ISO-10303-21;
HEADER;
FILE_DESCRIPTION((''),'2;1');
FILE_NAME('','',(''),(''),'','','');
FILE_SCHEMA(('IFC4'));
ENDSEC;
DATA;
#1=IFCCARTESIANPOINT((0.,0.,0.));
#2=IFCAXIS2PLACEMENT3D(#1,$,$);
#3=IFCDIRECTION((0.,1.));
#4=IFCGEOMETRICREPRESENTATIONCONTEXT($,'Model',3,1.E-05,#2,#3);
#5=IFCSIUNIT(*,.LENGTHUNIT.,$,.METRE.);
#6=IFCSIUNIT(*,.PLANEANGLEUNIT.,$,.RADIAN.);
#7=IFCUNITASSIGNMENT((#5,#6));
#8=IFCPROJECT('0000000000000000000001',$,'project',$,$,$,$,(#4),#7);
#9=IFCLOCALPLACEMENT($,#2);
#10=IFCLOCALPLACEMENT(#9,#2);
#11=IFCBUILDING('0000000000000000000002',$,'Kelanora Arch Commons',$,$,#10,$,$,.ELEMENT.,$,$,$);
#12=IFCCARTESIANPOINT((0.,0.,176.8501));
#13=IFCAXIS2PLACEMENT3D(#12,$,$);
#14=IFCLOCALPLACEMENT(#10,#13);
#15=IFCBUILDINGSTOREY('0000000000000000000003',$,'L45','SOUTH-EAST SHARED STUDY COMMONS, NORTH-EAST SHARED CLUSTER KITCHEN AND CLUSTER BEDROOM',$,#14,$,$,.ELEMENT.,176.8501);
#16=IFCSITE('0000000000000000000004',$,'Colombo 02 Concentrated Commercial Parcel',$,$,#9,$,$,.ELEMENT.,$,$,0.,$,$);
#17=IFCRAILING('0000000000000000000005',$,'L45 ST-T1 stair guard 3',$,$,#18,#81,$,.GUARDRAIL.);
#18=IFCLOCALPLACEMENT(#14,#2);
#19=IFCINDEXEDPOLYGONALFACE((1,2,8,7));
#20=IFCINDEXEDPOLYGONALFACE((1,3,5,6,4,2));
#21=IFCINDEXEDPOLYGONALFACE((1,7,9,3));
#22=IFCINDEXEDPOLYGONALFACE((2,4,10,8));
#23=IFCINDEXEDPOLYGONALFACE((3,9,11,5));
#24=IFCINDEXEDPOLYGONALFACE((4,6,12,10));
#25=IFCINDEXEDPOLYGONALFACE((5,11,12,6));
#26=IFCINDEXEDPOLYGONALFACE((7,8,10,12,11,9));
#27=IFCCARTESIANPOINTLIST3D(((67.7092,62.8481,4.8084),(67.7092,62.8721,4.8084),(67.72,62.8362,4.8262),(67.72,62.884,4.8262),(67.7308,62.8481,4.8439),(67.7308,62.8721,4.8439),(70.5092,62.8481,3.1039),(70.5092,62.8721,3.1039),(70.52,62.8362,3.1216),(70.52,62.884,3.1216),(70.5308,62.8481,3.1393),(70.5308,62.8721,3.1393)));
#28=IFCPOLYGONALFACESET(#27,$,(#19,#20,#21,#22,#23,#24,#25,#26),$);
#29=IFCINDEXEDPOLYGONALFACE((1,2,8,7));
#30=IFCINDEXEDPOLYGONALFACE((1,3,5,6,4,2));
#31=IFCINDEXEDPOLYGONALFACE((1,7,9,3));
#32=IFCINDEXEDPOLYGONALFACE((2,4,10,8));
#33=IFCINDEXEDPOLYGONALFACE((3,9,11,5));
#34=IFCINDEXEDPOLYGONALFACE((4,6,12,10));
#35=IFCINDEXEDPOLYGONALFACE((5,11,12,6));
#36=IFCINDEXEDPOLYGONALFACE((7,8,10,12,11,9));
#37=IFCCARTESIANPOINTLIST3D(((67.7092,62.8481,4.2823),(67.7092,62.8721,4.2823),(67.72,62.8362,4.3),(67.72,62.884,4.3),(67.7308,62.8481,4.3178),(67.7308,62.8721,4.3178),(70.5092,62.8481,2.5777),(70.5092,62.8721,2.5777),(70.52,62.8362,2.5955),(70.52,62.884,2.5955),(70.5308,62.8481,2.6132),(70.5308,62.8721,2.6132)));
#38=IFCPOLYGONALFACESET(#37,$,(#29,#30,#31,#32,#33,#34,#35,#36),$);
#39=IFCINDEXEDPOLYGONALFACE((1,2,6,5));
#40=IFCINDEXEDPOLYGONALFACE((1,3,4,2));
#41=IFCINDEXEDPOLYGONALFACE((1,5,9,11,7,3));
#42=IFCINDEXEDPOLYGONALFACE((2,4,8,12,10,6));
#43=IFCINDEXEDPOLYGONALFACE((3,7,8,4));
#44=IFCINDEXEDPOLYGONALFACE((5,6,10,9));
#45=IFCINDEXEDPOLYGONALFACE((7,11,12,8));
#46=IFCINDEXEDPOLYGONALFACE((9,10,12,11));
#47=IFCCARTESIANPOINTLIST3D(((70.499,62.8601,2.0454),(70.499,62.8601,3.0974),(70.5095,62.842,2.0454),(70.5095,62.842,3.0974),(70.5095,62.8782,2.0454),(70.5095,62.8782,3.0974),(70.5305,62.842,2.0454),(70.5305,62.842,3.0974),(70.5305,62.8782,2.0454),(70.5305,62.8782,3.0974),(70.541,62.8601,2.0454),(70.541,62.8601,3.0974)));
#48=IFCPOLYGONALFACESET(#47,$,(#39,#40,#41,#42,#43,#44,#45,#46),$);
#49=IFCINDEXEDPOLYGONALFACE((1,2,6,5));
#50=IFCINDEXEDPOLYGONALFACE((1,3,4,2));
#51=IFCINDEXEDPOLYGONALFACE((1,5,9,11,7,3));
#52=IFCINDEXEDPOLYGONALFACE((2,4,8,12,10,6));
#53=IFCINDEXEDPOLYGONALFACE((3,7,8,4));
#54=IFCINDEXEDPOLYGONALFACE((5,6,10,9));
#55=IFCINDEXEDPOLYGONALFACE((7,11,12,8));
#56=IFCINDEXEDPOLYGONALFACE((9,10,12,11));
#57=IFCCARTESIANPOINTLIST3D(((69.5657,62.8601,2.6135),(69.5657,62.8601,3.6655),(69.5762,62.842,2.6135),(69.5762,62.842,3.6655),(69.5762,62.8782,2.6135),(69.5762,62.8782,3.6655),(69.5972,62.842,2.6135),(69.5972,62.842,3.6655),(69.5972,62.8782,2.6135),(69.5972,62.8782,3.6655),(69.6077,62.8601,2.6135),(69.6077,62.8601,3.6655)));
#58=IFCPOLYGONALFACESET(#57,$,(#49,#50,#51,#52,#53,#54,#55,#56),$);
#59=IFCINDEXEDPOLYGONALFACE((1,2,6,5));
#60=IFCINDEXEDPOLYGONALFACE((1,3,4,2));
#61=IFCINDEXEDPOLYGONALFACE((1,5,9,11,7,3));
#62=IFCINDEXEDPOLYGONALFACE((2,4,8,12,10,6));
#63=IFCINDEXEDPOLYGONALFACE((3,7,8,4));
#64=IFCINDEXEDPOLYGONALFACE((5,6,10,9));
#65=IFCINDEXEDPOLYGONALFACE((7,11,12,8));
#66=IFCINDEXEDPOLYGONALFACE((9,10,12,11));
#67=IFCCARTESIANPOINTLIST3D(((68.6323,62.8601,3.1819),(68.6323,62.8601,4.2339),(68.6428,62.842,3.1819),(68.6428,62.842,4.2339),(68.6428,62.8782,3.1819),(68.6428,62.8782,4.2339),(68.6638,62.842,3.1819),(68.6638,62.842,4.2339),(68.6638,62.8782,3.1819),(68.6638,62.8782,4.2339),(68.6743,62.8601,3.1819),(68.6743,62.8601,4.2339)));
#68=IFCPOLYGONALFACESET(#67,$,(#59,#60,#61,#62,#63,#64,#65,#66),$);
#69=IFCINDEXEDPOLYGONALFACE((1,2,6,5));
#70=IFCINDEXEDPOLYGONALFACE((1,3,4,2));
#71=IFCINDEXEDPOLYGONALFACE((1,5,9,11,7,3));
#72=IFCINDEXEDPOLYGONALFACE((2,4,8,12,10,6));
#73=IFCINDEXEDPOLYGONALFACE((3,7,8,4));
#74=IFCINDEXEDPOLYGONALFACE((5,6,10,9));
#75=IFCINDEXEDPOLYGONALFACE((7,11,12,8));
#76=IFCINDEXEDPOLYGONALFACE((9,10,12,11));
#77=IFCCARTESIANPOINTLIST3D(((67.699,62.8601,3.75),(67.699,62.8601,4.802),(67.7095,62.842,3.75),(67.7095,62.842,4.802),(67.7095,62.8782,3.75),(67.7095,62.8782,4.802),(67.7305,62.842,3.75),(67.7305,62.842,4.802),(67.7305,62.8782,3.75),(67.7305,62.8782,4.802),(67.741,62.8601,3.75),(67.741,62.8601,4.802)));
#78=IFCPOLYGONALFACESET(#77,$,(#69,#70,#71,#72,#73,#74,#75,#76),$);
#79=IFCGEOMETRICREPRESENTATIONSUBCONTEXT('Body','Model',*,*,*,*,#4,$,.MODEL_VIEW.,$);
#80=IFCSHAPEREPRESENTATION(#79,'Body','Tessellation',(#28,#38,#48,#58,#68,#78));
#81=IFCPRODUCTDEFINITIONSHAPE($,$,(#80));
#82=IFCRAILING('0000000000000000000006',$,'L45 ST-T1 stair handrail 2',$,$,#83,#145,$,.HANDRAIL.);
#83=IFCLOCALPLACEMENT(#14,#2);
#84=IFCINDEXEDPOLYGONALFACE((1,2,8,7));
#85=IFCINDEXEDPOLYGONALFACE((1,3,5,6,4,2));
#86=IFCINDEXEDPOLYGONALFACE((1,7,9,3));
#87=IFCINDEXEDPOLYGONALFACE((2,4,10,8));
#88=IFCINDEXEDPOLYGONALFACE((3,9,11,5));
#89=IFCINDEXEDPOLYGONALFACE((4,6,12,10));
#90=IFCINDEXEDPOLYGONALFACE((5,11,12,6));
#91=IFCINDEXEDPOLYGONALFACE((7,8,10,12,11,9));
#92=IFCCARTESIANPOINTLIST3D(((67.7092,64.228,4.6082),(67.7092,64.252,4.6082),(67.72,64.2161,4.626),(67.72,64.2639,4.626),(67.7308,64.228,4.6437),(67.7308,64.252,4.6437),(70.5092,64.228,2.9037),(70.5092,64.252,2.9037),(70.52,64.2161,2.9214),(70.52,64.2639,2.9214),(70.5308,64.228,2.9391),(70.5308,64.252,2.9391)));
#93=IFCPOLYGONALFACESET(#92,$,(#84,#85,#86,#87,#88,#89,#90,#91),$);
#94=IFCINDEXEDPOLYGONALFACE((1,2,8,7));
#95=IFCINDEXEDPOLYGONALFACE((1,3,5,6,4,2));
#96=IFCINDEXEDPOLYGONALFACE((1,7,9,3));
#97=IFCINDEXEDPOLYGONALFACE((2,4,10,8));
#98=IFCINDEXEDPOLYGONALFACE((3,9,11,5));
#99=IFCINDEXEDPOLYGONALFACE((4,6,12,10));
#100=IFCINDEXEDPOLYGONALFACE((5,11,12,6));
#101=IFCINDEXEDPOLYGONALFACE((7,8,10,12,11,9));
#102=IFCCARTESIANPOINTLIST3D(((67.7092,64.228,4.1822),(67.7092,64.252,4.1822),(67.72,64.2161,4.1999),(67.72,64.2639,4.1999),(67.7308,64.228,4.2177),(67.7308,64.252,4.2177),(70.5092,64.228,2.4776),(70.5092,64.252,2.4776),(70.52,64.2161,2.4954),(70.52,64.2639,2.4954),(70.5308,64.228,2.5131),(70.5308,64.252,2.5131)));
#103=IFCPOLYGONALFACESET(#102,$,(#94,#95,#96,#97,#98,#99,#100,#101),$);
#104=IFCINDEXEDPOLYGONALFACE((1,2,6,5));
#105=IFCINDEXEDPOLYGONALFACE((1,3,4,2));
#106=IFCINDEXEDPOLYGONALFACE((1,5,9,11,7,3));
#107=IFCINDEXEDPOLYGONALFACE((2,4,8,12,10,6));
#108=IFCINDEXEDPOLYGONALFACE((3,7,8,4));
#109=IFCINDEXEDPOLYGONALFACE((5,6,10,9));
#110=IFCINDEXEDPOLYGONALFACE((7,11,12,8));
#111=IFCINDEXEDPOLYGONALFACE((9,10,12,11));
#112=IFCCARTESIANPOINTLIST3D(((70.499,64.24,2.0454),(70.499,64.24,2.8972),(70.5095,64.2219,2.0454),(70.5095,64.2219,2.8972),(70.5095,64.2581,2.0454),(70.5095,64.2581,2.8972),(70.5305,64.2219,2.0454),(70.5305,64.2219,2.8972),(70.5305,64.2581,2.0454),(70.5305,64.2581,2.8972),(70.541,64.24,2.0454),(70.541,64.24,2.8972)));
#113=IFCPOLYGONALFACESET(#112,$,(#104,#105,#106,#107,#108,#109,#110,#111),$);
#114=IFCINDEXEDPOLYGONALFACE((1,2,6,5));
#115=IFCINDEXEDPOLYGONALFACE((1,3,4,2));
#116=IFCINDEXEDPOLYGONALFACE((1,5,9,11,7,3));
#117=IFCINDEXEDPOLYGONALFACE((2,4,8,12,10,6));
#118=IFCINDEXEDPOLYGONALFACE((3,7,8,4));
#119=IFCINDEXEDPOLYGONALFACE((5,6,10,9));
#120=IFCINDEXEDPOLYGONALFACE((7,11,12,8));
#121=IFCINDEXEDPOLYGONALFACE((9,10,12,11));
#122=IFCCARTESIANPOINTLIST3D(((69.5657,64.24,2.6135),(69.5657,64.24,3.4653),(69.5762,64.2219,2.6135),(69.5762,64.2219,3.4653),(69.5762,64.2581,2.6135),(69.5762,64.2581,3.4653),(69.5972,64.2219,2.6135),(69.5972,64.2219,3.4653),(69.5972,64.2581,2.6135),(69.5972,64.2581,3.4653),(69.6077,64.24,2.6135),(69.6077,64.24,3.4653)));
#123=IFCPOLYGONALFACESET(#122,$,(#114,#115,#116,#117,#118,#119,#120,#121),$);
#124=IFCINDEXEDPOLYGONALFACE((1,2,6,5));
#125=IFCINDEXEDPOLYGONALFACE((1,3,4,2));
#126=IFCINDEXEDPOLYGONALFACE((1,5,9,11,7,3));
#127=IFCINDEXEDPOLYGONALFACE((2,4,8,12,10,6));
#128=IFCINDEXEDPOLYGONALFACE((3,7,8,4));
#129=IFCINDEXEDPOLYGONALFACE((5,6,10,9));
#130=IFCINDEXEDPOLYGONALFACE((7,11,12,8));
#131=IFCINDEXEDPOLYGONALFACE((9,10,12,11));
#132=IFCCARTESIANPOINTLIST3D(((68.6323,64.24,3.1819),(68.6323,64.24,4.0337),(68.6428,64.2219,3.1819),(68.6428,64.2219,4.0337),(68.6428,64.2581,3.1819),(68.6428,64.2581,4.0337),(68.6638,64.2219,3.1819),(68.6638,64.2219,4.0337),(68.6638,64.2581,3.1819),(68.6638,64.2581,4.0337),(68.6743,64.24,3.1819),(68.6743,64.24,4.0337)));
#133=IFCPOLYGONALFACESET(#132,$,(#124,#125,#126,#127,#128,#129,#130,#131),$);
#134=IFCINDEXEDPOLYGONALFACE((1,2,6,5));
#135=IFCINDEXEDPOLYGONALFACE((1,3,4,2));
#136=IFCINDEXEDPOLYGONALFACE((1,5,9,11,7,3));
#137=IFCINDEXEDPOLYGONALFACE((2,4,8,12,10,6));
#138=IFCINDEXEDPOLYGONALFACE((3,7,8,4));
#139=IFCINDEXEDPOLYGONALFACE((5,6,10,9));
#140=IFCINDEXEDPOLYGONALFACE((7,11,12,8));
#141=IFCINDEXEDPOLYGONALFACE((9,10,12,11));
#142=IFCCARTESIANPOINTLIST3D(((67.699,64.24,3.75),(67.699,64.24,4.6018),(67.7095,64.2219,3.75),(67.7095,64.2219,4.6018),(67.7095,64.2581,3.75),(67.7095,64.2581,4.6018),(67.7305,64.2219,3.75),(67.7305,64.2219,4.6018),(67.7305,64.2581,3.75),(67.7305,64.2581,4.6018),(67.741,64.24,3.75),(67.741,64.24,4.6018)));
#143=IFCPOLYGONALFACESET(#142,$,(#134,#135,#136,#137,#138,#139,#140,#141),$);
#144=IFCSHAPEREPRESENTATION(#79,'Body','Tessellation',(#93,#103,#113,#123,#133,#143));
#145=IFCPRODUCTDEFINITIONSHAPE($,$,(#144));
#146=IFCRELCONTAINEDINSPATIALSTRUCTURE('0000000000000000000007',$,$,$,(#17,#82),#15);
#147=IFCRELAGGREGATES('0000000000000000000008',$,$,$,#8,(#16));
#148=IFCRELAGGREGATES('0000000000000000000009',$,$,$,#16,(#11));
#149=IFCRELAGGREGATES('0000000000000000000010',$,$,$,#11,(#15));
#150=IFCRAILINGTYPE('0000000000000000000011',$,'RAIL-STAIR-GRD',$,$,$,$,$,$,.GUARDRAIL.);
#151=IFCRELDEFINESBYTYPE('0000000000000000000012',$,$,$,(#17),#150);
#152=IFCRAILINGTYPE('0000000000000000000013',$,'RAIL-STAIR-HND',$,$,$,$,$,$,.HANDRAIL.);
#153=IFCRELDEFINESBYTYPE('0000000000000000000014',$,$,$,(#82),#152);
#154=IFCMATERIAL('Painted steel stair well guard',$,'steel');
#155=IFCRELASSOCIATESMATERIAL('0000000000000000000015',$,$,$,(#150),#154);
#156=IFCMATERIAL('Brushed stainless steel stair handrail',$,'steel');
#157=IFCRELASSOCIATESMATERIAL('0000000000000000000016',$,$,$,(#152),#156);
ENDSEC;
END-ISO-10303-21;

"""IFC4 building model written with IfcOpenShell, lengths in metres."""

from ifc_helpers import new_model, si_unit, direction, frame, origin, place, context, subcontext, project, spatial, polyline, outline, extrude, material, type_object, element, save


model = new_model("IFC4")

# Units and contexts
model_context = context("Model", 3, precision=1e-05, world=origin(), true_north=direction((0.0, 1.0)))
body_context = subcontext(model_context, "Body", "Model", "MODEL_VIEW")
ifc_project = project(units=[si_unit("LENGTHUNIT", "METRE"), si_unit("PLANEANGLEUNIT", "RADIAN")], contexts=[model_context])

# Site, building, storey
site_placement = place(None, origin())
site = spatial("IfcSite", under=ifc_project, at=site_placement, Name="Colombo 02 Concentrated Commercial Parcel", CompositionType="ELEMENT", RefElevation=0.0)
building_placement = place(site_placement, origin())
building = spatial("IfcBuilding", under=site, at=building_placement, Name="Kelanora Arch Commons", CompositionType="ELEMENT")
storey_placement = place(building_placement, frame((0.0, 0.0, 176.8501)))
storey = spatial("IfcBuildingStorey", under=building, at=storey_placement, Name="L45", Description="SOUTH-EAST SHARED STUDY COMMONS, NORTH-EAST SHARED CLUSTER KITCHEN AND CLUSTER BEDROOM", CompositionType="ELEMENT", Elevation=176.8501)

# Railings
ifc_material_1 = material(Name="Painted steel stair well guard", Category="steel")
railing_type_1 = type_object("IfcRailingType", Name="RAIL-STAIR-GRD", PredefinedType="GUARDRAIL", material=ifc_material_1)
railing_1_placement = place(storey_placement, frame((70.52, 62.8601, 2.0454)))
element("IfcRailing", 1, at=railing_1_placement, inside=storey, type_object=railing_type_1, Name="L45 ST-T1 stair guard 3", PredefinedType="GUARDRAIL", context=body_context, shape_type="SweptSolid", body=[
    extrude(outline(polyline([(0.0239, 0.0), (0.012, 0.0208), (-0.012, 0.0208), (-0.0239, 0.0), (-0.012, -0.0208), (0.012, -0.0208), (0.0239, 0.0)])), frame((0.0, 0.0, 1.0762), z_axis=(-0.85417, 0.0, 0.519994), x_axis=(0.0, -1.0, 0.0)), (0.0, 0.0, 1.0), 3.2781),
    extrude(outline(polyline([(0.0239, 0.0), (0.012, 0.0208), (-0.012, 0.0208), (-0.0239, 0.0), (-0.012, -0.0208), (0.012, -0.0208), (0.0239, 0.0)])), frame((0.0, 0.0, 0.55), z_axis=(-0.85417, 0.0, 0.519994), x_axis=(0.0, -1.0, 0.0)), (0.0, 0.0, 1.0), 3.2781),
    extrude(outline(polyline([(0.021, 0.0), (0.0105, 0.0181), (-0.0105, 0.0181), (-0.021, 0.0), (-0.0105, -0.0181), (0.0105, -0.0181), (0.021, 0.0)])), origin(), (0.0, 0.0, 1.0), 1.052),
    extrude(outline(polyline([(0.021, 0.0), (0.0105, 0.0181), (-0.0105, 0.0181), (-0.021, 0.0), (-0.0105, -0.0181), (0.0105, -0.0181), (0.021, 0.0)])), frame((-0.9333, 0.0, 0.5681)), (0.0, 0.0, 1.0), 1.052),
    extrude(outline(polyline([(0.021, 0.0), (0.0105, 0.0181), (-0.0105, 0.0181), (-0.021, 0.0), (-0.0105, -0.0181), (0.0105, -0.0181), (0.021, 0.0)])), frame((-1.8667, 0.0, 1.1365)), (0.0, 0.0, 1.0), 1.052),
    extrude(outline(polyline([(0.021, 0.0), (0.0105, 0.0181), (-0.0105, 0.0181), (-0.021, 0.0), (-0.0105, -0.0181), (0.0105, -0.0181), (0.021, 0.0)])), frame((-2.8, 0.0, 1.7046)), (0.0, 0.0, 1.0), 1.052),
])
ifc_material_2 = material(Name="Brushed stainless steel stair handrail", Category="steel")
railing_type_2 = type_object("IfcRailingType", Name="RAIL-STAIR-HND", PredefinedType="HANDRAIL", material=ifc_material_2)
railing_2_placement = place(storey_placement, frame((70.52, 64.24, 2.0454)))
element("IfcRailing", 2, at=railing_2_placement, inside=storey, type_object=railing_type_2, Name="L45 ST-T1 stair handrail 2", PredefinedType="HANDRAIL", context=body_context, shape_type="SweptSolid", body=[
    extrude(outline(polyline([(0.0239, 0.0), (0.012, 0.0208), (-0.012, 0.0208), (-0.0239, 0.0), (-0.012, -0.0208), (0.012, -0.0208), (0.0239, 0.0)])), frame((0.0, 0.0, 0.876), z_axis=(-0.85417, 0.0, 0.519994), x_axis=(0.0, -1.0, 0.0)), (0.0, 0.0, 1.0), 3.2781),
    extrude(outline(polyline([(0.0239, 0.0), (0.012, 0.0208), (-0.012, 0.0208), (-0.0239, 0.0), (-0.012, -0.0208), (0.012, -0.0208), (0.0239, 0.0)])), frame((0.0, 0.0, 0.45), z_axis=(-0.85417, 0.0, 0.519994), x_axis=(0.0, -1.0, 0.0)), (0.0, 0.0, 1.0), 3.2781),
    extrude(outline(polyline([(0.021, 0.0), (0.0105, 0.0181), (-0.0105, 0.0181), (-0.021, 0.0), (-0.0105, -0.0181), (0.0105, -0.0181), (0.021, 0.0)])), origin(), (0.0, 0.0, 1.0), 0.8518),
    extrude(outline(polyline([(0.021, 0.0), (0.0105, 0.0181), (-0.0105, 0.0181), (-0.021, 0.0), (-0.0105, -0.0181), (0.0105, -0.0181), (0.021, 0.0)])), frame((-0.9333, 0.0, 0.5681)), (0.0, 0.0, 1.0), 0.8518),
    extrude(outline(polyline([(0.021, 0.0), (0.0105, 0.0181), (-0.0105, 0.0181), (-0.021, 0.0), (-0.0105, -0.0181), (0.0105, -0.0181), (0.021, 0.0)])), frame((-1.8667, 0.0, 1.1365)), (0.0, 0.0, 1.0), 0.8518),
    extrude(outline(polyline([(0.021, 0.0), (0.0105, 0.0181), (-0.0105, 0.0181), (-0.021, 0.0), (-0.0105, -0.0181), (0.0105, -0.0181), (0.021, 0.0)])), frame((-2.8, 0.0, 1.7046)), (0.0, 0.0, 1.0), 0.8518),
])

save(model, "model.ifc")
